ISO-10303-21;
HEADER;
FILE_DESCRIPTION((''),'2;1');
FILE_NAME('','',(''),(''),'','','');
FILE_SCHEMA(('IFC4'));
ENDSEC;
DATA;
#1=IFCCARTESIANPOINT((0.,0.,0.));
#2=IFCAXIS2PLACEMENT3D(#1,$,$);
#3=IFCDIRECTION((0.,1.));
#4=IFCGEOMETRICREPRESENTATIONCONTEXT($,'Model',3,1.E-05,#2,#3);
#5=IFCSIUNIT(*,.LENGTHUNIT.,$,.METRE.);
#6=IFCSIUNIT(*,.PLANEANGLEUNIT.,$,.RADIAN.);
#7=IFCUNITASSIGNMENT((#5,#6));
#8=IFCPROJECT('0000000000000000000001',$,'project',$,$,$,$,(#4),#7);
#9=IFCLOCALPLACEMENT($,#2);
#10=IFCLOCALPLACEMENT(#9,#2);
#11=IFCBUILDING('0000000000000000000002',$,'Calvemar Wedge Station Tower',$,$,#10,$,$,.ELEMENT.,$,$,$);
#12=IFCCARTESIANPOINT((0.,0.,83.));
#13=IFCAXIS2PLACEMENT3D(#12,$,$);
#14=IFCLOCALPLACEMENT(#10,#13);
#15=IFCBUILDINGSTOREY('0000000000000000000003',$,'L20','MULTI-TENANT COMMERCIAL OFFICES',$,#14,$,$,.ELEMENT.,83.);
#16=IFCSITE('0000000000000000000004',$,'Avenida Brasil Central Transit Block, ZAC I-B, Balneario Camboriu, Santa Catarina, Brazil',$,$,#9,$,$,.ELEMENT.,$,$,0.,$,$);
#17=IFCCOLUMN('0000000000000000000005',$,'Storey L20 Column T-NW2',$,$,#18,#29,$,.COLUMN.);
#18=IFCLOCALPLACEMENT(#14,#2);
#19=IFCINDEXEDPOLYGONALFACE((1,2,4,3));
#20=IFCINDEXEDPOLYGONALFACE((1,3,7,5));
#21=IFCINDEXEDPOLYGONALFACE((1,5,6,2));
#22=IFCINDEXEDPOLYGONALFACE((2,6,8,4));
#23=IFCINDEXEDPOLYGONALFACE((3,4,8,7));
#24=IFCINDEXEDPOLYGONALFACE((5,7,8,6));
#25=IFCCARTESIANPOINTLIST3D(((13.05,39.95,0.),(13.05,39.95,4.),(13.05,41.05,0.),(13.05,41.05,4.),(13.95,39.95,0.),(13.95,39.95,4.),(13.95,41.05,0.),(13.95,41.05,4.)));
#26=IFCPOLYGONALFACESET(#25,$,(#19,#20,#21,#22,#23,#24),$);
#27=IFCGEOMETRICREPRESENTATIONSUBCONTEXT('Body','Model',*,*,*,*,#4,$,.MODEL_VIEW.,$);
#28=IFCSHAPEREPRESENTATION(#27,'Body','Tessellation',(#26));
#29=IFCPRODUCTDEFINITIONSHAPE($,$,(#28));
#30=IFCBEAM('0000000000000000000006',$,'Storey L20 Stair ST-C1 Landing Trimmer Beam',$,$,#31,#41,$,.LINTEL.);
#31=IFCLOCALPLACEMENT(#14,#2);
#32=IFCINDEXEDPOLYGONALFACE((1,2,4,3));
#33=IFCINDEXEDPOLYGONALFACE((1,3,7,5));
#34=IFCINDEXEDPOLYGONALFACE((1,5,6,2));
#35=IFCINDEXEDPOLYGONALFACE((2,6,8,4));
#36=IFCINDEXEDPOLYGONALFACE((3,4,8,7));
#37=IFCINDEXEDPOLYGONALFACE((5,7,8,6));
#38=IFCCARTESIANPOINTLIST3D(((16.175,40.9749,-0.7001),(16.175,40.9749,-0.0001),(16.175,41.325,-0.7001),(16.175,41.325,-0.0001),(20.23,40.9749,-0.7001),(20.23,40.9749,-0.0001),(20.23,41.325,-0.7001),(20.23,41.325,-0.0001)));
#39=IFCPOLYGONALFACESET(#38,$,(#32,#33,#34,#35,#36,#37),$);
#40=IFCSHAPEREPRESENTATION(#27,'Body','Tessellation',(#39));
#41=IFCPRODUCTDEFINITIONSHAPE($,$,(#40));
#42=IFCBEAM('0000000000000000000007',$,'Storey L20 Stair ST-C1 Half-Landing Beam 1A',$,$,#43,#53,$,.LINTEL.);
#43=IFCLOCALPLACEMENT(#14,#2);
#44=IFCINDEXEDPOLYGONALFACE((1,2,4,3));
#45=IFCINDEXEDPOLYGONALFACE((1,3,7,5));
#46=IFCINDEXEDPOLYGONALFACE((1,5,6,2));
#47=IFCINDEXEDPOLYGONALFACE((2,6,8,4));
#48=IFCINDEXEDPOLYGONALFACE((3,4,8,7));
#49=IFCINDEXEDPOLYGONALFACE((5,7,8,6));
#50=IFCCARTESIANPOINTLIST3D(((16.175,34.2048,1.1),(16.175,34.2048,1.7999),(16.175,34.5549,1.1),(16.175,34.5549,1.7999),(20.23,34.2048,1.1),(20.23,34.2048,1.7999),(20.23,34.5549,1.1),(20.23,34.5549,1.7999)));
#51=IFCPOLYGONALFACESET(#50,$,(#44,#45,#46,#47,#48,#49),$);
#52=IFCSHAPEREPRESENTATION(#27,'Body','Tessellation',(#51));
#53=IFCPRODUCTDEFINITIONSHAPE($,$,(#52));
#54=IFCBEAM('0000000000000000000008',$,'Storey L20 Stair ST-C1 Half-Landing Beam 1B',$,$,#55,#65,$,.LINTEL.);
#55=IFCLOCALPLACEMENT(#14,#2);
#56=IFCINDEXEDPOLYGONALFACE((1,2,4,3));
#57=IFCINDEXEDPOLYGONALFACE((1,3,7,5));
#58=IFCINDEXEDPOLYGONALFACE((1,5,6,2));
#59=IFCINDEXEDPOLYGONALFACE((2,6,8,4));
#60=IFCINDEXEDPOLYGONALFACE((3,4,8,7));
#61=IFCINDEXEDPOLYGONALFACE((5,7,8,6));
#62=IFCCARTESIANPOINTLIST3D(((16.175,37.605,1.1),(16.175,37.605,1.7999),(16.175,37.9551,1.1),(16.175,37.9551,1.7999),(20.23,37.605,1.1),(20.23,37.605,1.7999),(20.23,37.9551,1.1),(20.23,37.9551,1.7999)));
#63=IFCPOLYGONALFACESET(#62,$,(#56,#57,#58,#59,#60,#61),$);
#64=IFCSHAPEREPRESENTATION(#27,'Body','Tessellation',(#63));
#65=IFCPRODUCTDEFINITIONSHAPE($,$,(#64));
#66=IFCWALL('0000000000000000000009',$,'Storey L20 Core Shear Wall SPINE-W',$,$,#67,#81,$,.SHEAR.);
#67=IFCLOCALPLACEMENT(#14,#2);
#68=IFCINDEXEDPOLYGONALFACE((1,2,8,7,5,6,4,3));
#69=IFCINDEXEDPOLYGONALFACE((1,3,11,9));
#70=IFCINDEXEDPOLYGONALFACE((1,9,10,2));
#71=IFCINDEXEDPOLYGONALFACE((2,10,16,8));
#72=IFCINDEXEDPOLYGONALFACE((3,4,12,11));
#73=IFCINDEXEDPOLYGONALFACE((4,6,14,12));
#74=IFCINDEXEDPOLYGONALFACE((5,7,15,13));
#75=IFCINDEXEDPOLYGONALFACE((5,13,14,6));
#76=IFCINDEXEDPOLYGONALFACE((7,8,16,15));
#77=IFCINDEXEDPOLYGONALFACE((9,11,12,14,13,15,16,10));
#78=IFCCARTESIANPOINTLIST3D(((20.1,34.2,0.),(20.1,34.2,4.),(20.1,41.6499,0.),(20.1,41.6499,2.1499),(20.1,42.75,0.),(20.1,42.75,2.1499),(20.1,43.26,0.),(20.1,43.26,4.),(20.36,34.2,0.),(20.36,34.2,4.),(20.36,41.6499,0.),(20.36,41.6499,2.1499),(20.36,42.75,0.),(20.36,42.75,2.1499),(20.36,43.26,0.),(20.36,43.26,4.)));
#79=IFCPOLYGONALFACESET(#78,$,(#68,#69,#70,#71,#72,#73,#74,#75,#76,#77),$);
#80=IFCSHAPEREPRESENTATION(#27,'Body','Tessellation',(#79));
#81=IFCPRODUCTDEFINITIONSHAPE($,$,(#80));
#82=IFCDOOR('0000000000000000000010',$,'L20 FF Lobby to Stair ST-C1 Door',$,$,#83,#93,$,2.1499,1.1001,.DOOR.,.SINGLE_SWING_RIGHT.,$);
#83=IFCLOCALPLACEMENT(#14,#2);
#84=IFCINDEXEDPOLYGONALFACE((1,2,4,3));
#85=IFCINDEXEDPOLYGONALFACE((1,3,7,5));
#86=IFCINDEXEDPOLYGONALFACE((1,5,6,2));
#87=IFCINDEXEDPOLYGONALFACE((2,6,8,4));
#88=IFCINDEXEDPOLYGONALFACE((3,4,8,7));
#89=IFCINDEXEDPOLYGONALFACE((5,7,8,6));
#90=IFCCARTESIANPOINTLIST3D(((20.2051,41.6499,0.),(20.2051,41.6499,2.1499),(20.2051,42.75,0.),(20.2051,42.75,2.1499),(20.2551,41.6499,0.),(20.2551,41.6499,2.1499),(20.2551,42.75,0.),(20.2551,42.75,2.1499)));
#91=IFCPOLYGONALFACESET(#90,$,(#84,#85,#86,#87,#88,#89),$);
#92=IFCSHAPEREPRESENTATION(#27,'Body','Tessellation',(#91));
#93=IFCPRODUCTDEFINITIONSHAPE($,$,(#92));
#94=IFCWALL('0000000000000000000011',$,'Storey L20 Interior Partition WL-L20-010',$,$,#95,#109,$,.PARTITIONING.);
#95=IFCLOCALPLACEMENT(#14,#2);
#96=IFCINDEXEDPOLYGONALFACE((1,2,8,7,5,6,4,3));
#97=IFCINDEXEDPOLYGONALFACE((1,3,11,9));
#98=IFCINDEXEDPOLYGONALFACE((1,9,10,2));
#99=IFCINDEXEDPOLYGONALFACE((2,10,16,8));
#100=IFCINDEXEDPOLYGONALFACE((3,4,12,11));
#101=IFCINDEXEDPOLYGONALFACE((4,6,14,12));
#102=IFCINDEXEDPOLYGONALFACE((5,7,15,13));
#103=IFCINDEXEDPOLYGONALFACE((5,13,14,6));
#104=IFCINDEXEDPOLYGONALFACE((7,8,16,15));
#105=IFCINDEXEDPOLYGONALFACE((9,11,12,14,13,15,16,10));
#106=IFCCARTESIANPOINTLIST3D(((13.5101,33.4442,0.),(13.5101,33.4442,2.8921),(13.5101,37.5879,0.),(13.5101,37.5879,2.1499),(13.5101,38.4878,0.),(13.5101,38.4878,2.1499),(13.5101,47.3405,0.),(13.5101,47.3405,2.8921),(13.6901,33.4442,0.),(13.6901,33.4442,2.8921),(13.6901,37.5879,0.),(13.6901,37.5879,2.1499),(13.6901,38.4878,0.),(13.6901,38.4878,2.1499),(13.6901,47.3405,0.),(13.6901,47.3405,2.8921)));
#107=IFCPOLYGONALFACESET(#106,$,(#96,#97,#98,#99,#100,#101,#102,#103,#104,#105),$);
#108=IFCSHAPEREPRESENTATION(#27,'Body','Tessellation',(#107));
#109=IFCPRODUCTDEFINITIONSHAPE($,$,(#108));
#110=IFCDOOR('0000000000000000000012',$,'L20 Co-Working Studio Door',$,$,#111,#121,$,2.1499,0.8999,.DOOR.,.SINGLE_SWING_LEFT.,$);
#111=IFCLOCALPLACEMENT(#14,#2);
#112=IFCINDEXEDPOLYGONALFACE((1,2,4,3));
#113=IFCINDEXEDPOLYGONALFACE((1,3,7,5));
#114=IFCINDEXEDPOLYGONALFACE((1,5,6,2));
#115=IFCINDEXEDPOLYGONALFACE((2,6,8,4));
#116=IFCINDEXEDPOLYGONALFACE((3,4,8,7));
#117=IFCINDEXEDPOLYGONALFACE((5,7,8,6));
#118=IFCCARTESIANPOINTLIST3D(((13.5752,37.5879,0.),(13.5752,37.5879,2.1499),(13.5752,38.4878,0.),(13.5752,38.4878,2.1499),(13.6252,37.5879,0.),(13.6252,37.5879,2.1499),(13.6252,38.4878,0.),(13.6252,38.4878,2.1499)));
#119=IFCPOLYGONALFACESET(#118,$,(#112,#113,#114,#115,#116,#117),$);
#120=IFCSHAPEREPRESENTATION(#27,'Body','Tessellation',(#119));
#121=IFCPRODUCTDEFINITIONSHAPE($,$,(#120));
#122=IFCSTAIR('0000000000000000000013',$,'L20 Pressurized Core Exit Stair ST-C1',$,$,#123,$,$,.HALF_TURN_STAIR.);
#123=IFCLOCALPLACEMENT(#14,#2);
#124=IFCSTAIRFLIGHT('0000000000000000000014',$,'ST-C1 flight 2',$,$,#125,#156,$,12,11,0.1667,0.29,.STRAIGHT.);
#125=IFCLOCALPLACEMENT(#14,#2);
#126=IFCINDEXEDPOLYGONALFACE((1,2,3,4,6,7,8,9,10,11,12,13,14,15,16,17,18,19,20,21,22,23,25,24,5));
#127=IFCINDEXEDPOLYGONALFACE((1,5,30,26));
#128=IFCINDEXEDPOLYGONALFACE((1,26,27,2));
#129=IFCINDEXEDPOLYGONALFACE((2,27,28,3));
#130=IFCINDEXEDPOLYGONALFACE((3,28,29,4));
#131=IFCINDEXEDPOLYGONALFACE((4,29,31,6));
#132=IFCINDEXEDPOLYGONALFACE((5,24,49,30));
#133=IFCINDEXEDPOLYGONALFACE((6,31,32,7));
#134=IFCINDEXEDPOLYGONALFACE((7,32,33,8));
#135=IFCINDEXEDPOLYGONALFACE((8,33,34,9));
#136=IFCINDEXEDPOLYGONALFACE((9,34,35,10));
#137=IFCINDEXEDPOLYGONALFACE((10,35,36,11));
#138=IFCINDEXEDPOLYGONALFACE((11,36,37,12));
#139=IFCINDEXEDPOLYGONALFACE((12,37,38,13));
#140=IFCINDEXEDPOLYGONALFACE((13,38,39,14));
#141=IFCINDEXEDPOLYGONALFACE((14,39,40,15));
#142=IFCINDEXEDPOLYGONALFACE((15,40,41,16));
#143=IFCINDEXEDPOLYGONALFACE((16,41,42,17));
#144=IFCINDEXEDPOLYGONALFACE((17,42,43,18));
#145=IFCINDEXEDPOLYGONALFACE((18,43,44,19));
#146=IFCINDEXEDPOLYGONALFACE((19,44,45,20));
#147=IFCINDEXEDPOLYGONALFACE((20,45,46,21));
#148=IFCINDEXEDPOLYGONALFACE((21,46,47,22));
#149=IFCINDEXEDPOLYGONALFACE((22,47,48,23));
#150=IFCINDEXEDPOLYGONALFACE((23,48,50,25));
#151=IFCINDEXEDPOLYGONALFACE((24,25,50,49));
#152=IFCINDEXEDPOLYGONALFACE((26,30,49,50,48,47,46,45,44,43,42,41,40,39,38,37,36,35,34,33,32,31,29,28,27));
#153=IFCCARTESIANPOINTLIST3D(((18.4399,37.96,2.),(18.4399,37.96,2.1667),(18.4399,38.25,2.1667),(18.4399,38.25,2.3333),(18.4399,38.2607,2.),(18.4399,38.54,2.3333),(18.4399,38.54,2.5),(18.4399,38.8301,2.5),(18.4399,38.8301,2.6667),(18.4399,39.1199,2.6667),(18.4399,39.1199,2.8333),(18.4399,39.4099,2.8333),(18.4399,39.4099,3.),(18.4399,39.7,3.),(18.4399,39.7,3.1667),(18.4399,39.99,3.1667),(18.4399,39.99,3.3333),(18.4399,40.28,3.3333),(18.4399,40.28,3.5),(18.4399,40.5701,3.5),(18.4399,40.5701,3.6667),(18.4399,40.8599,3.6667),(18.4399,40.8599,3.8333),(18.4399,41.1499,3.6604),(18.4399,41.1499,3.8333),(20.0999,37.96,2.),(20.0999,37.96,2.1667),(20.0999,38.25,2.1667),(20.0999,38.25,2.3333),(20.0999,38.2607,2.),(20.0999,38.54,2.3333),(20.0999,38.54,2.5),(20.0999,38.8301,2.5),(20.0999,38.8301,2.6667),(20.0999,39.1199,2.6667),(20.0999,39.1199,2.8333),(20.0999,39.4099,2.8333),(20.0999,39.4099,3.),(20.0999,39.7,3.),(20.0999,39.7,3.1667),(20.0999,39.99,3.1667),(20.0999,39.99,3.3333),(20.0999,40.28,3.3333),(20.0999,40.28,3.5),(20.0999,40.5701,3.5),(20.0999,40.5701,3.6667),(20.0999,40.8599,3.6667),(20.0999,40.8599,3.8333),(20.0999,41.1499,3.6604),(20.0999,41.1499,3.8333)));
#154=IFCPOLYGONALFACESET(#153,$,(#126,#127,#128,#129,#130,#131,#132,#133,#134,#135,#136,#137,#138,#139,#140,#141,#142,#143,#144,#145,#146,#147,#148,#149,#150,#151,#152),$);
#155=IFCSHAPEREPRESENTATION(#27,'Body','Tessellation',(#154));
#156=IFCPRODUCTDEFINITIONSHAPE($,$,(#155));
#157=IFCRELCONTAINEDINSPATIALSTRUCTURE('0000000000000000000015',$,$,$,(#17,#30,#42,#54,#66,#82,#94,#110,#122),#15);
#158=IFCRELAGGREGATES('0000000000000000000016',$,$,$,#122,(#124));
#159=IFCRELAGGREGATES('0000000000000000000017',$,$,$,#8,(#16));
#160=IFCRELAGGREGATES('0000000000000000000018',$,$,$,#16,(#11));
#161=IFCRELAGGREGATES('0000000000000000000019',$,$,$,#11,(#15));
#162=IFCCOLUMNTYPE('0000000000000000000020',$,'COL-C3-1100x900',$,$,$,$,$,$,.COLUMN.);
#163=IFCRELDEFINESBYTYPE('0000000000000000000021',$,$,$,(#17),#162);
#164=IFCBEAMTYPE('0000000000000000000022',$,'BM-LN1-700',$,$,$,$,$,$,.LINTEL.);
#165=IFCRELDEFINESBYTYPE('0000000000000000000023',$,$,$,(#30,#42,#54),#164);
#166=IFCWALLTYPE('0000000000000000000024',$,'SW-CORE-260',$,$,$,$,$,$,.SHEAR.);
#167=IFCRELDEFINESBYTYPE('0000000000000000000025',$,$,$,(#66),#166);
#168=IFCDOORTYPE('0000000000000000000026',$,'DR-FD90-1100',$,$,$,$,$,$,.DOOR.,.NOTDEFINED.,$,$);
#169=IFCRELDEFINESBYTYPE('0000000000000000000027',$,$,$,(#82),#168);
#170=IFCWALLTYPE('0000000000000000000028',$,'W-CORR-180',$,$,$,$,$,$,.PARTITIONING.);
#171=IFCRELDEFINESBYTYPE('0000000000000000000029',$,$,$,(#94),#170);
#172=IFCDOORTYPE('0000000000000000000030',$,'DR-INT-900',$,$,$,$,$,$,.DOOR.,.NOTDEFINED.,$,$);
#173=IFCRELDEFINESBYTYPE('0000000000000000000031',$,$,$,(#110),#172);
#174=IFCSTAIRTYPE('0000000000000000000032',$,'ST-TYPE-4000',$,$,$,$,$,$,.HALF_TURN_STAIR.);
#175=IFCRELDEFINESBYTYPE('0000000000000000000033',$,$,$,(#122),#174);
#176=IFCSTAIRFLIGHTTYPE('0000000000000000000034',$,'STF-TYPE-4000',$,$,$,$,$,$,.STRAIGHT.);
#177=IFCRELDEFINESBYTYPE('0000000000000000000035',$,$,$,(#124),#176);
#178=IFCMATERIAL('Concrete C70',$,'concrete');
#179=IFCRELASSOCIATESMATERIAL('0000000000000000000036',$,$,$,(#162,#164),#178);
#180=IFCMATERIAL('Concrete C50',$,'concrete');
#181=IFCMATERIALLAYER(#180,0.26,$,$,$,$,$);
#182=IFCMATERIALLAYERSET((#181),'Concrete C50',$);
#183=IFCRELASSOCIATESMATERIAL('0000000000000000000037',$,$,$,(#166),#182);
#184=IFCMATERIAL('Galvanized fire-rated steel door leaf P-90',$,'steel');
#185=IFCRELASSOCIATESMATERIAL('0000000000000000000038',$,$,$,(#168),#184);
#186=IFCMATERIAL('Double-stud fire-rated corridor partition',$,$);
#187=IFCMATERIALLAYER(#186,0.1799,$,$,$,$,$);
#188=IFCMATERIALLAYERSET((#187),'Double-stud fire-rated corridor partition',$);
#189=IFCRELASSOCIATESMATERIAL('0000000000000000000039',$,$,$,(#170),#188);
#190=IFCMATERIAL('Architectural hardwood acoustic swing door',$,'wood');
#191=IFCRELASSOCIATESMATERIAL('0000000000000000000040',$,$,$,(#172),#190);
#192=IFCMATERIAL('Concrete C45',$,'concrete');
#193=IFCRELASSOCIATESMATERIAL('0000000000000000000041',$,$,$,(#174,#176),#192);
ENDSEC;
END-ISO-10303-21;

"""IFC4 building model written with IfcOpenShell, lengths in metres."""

from ifc_helpers import new_model, si_unit, direction, frame, frame_2d, origin, origin_2d, place, context, subcontext, project, spatial, polyline, rectangle, outline, extrude, source, transform, mapped, material, layer, layer_set, material_profile, profile_set, type_object, element, fill, aggregate, save


model = new_model("IFC4")

# Units and contexts
model_context = context("Model", 3, precision=1e-05, world=origin(), true_north=direction((0.0, 1.0)))
body_context = subcontext(model_context, "Body", "Model", "MODEL_VIEW")
ifc_project = project(units=[si_unit("LENGTHUNIT", "METRE"), si_unit("PLANEANGLEUNIT", "RADIAN")], contexts=[model_context])

# Site, building, storey
site_placement = place(None, origin())
site = spatial("IfcSite", under=ifc_project, at=site_placement, Name="Avenida Brasil Central Transit Block, ZAC I-B, Balneario Camboriu, Santa Catarina, Brazil", CompositionType="ELEMENT", RefElevation=0.0)
building_placement = place(site_placement, origin())
building = spatial("IfcBuilding", under=site, at=building_placement, Name="Calvemar Wedge Station Tower", CompositionType="ELEMENT")
storey_placement = place(building_placement, frame((0.0, 0.0, 83.0)))
storey = spatial("IfcBuildingStorey", under=building, at=storey_placement, Name="L20", Description="MULTI-TENANT COMMERCIAL OFFICES", CompositionType="ELEMENT", Elevation=83.0)

# Column
ifc_material_1 = material(Name="Concrete C70", Category="concrete")
ifc_material_profile_1 = material_profile(ifc_material_1, rectangle(XDim=0.8999, YDim=1.1001, at=origin_2d()), Name="RC1100x900")
ifc_profile_set_1 = profile_set([ifc_material_profile_1], Name="Concrete C70")
column_type = type_object("IfcColumnType", Name="COL-C3-1100x900", PredefinedType="COLUMN", material=ifc_profile_set_1)
shared_shape_1 = source(origin(), body_context, "Body", "SweptSolid", [
    extrude(rectangle(XDim=0.8999, YDim=1.1001, at=origin_2d()), origin(), (0.0, 0.0, 1.0), 4.0),
])
column_placement = place(storey_placement, frame((13.5, 40.5, 0.0), z_axis=(0.0, 0.0, 1.0), x_axis=(1.0, 0.0, 0.0)))
element("IfcColumn", 1, at=column_placement, inside=storey, type_object=column_type, Name="Storey L20 Column T-NW2", PredefinedType="COLUMN", context=body_context, shape_type="MappedRepresentation", body=[
    mapped(shared_shape_1, transform((0.0, 0.0, 0.0), scale=1.0)),
])

# Beams
ifc_material_profile_2 = material_profile(ifc_material_1, rectangle(XDim=0.3501, YDim=0.7, at=origin_2d()), Name="RC350x700")
ifc_profile_set_2 = profile_set([ifc_material_profile_2], Name="Concrete C70")
beam_type = type_object("IfcBeamType", Name="BM-LN1-700", PredefinedType="LINTEL", material=ifc_profile_set_2)
shared_shape_2 = source(origin(), body_context, "Body", "SweptSolid", [
    extrude(rectangle(XDim=0.3501, YDim=0.7, at=origin_2d()), origin(), (0.0, 0.0, 1.0), 4.0549),
])
for number, where, z_axis, x_axis, name in (
    (2, (16.175, 41.1499, -0.3501), (1.0, 0.0, 0.0), (0.0, 1.0, 0.0), "Storey L20 Stair ST-C1 Landing Trimmer Beam"),
    (3, (16.175, 34.3799, 1.45), (1.0, 0.0, 0.0), (0.0, 1.0, 0.0), "Storey L20 Stair ST-C1 Half-Landing Beam 1A"),
    (4, (16.175, 37.78, 1.45), (1.0, 0.0, 0.0), (0.0, 1.0, 0.0), "Storey L20 Stair ST-C1 Half-Landing Beam 1B"),
):
    element("IfcBeam", number, at=place(storey_placement, frame(where, z_axis=z_axis, x_axis=x_axis)), inside=storey, type_object=beam_type, Name=name, PredefinedType="LINTEL", context=body_context, shape_type="MappedRepresentation", body=[
        mapped(shared_shape_2, transform((0.0, 0.0, 0.0), scale=1.0)),
    ])

# Walls, openings, doors
ifc_material_2 = material(Name="Concrete C50", Category="concrete")
ifc_layer_1 = layer(ifc_material_2, 0.26)
ifc_layer_set_1 = layer_set([ifc_layer_1], Name="Concrete C50")
wall_type_1 = type_object("IfcWallType", Name="SW-CORE-260", PredefinedType="SHEAR", material=ifc_layer_set_1)
wall_1_placement = place(storey_placement, frame((20.23, 34.2, 0.0), z_axis=(0.0, 0.0, 1.0), x_axis=(0.0, 1.0, 0.0)))
wall_1 = element("IfcWall", 5, at=wall_1_placement, inside=storey, type_object=wall_type_1, Name="Storey L20 Core Shear Wall SPINE-W", PredefinedType="SHEAR", context=body_context, shape_type="SweptSolid", body=[
    extrude(rectangle(XDim=9.0601, YDim=0.26, at=frame_2d((4.53, 0.0))), origin(), (0.0, 0.0, 1.0), 4.0),
])
shared_shape_3 = source(origin(), body_context, "Body", "SweptSolid", [
    extrude(rectangle(XDim=1.1001, YDim=2.1499, at=frame_2d((0.55, 1.075))), frame((0.0, 0.1401, 0.0), z_axis=(0.0, -1.0, 0.0), x_axis=(1.0, 0.0, 0.0)), (0.0, 0.0, 1.0), 0.28),
])
opening_1_placement = place(wall_1_placement, frame((7.45, 0.0, 0.0)))
opening_1 = element("IfcOpeningElement", 6, at=opening_1_placement, cuts=wall_1, PredefinedType="OPENING", context=body_context, shape_type="MappedRepresentation", body=[
    mapped(shared_shape_3, transform((0.0, 0.0, 0.0), scale=1.0)),
])
ifc_material_3 = material(Name="Galvanized fire-rated steel door leaf P-90", Category="steel")
door_type_1 = type_object("IfcDoorType", Name="DR-FD90-1100", OperationType="NOTDEFINED", PredefinedType="DOOR", material=ifc_material_3)
shared_shape_4 = source(origin(), body_context, "Body", "SweptSolid", [
    extrude(rectangle(XDim=1.1001, YDim=2.1499, at=frame_2d((0.55, 1.075))), frame((0.0, 0.0249, 0.0), z_axis=(0.0, -1.0, 0.0), x_axis=(1.0, 0.0, 0.0)), (0.0, 0.0, 1.0), 0.05),
])
door_1_placement = place(opening_1_placement, origin())
door_1 = element("IfcDoor", 7, at=door_1_placement, inside=storey, type_object=door_type_1, Name="L20 FF Lobby to Stair ST-C1 Door", OperationType="SINGLE_SWING_RIGHT", OverallHeight=2.1499, OverallWidth=1.1001, PredefinedType="DOOR", context=body_context, shape_type="MappedRepresentation", body=[
    mapped(shared_shape_4, transform((0.0, 0.0, 0.0), scale=1.0)),
])
fill(opening_1, door_1)
ifc_material_4 = material(Name="Double-stud fire-rated corridor partition")
ifc_layer_2 = layer(ifc_material_4, 0.1799)
ifc_layer_set_2 = layer_set([ifc_layer_2], Name="Double-stud fire-rated corridor partition")
wall_type_2 = type_object("IfcWallType", Name="W-CORR-180", PredefinedType="PARTITIONING", material=ifc_layer_set_2)
wall_2_placement = place(storey_placement, frame((13.6001, 33.4441, 0.0), z_axis=(0.0, 0.0, 1.0), x_axis=(0.0, 1.0, 0.0)))
wall_2 = element("IfcWall", 8, at=wall_2_placement, inside=storey, type_object=wall_type_2, Name="Storey L20 Interior Partition WL-L20-010", PredefinedType="PARTITIONING", context=body_context, shape_type="SweptSolid", body=[
    extrude(rectangle(XDim=13.8962, YDim=0.1799, at=frame_2d((6.9482, 0.0))), origin(), (0.0, 0.0, 1.0), 2.8921),
])
shared_shape_5 = source(origin(), body_context, "Body", "SweptSolid", [
    extrude(rectangle(XDim=0.8999, YDim=2.1499, at=frame_2d((0.45, 1.075))), frame((0.0, 0.1001, 0.0), z_axis=(0.0, -1.0, 0.0), x_axis=(1.0, 0.0, 0.0)), (0.0, 0.0, 1.0), 0.2),
])
opening_2_placement = place(wall_2_placement, frame((4.1438, 0.0, 0.0)))
opening_2 = element("IfcOpeningElement", 9, at=opening_2_placement, cuts=wall_2, PredefinedType="OPENING", context=body_context, shape_type="MappedRepresentation", body=[
    mapped(shared_shape_5, transform((0.0, 0.0, 0.0), scale=1.0)),
])
ifc_material_5 = material(Name="Architectural hardwood acoustic swing door", Category="wood")
door_type_2 = type_object("IfcDoorType", Name="DR-INT-900", OperationType="NOTDEFINED", PredefinedType="DOOR", material=ifc_material_5)
shared_shape_6 = source(origin(), body_context, "Body", "SweptSolid", [
    extrude(rectangle(XDim=0.8999, YDim=2.1499, at=frame_2d((0.45, 1.075))), frame((0.0, 0.0249, 0.0), z_axis=(0.0, -1.0, 0.0), x_axis=(1.0, 0.0, 0.0)), (0.0, 0.0, 1.0), 0.05),
])
door_2_placement = place(opening_2_placement, origin())
door_2 = element("IfcDoor", 10, at=door_2_placement, inside=storey, type_object=door_type_2, Name="L20 Co-Working Studio Door", OperationType="SINGLE_SWING_LEFT", OverallHeight=2.1499, OverallWidth=0.8999, PredefinedType="DOOR", context=body_context, shape_type="MappedRepresentation", body=[
    mapped(shared_shape_6, transform((0.0, 0.0, 0.0), scale=1.0)),
])
fill(opening_2, door_2)

# Stair, stair flight
ifc_material_6 = material(Name="Concrete C45", Category="concrete")
stair_type = type_object("IfcStairType", Name="ST-TYPE-4000", PredefinedType="HALF_TURN_STAIR", material=ifc_material_6)
stair_placement = place(storey_placement, origin())
stair = element("IfcStair", 11, at=stair_placement, inside=storey, type_object=stair_type, Name="L20 Pressurized Core Exit Stair ST-C1", PredefinedType="HALF_TURN_STAIR")
stair_flight_type = type_object("IfcStairFlightType", Name="STF-TYPE-4000", PredefinedType="STRAIGHT", material=ifc_material_6)
stair_flight_placement = place(storey_placement, frame((19.27, 37.96, 2.0), z_axis=(0.0, 0.0, 1.0), x_axis=(0.0, 1.0, 0.0)))
stair_flight = element("IfcStairFlight", 12, at=stair_flight_placement, type_object=stair_flight_type, Name="ST-C1 flight 2", NumberOfRisers=12, NumberOfTreads=11, PredefinedType="STRAIGHT", RiserHeight=0.1667, TreadLength=0.29, context=body_context, shape_type="SweptSolid", body=[
    extrude(outline(polyline([(0.0, 0.0), (0.0, 0.1667), (0.29, 0.1667), (0.29, 0.3333), (0.5801, 0.3333), (0.5801, 0.5), (0.8701, 0.5), (0.8701, 0.6667), (1.1599, 0.6667), (1.1599, 0.8333), (1.45, 0.8333), (1.45, 1.0), (1.74, 1.0), (1.74, 1.1667), (2.03, 1.1667), (2.03, 1.3333), (2.3201, 1.3333), (2.3201, 1.5), (2.6101, 1.5), (2.6101, 1.6667), (2.8999, 1.6667), (2.8999, 1.8333), (3.1899, 1.8333), (3.1899, 2.0), (3.1899, 1.6604), (0.3008, 0.0), (0.0, 0.0)])), frame((0.0, 0.8301, 0.0), z_axis=(0.0, -1.0, 0.0), x_axis=(1.0, 0.0, 0.0)), (0.0, 0.0, 1.0), 1.6599),
])
aggregate(stair, [stair_flight])

save(model, "model.ifc")
